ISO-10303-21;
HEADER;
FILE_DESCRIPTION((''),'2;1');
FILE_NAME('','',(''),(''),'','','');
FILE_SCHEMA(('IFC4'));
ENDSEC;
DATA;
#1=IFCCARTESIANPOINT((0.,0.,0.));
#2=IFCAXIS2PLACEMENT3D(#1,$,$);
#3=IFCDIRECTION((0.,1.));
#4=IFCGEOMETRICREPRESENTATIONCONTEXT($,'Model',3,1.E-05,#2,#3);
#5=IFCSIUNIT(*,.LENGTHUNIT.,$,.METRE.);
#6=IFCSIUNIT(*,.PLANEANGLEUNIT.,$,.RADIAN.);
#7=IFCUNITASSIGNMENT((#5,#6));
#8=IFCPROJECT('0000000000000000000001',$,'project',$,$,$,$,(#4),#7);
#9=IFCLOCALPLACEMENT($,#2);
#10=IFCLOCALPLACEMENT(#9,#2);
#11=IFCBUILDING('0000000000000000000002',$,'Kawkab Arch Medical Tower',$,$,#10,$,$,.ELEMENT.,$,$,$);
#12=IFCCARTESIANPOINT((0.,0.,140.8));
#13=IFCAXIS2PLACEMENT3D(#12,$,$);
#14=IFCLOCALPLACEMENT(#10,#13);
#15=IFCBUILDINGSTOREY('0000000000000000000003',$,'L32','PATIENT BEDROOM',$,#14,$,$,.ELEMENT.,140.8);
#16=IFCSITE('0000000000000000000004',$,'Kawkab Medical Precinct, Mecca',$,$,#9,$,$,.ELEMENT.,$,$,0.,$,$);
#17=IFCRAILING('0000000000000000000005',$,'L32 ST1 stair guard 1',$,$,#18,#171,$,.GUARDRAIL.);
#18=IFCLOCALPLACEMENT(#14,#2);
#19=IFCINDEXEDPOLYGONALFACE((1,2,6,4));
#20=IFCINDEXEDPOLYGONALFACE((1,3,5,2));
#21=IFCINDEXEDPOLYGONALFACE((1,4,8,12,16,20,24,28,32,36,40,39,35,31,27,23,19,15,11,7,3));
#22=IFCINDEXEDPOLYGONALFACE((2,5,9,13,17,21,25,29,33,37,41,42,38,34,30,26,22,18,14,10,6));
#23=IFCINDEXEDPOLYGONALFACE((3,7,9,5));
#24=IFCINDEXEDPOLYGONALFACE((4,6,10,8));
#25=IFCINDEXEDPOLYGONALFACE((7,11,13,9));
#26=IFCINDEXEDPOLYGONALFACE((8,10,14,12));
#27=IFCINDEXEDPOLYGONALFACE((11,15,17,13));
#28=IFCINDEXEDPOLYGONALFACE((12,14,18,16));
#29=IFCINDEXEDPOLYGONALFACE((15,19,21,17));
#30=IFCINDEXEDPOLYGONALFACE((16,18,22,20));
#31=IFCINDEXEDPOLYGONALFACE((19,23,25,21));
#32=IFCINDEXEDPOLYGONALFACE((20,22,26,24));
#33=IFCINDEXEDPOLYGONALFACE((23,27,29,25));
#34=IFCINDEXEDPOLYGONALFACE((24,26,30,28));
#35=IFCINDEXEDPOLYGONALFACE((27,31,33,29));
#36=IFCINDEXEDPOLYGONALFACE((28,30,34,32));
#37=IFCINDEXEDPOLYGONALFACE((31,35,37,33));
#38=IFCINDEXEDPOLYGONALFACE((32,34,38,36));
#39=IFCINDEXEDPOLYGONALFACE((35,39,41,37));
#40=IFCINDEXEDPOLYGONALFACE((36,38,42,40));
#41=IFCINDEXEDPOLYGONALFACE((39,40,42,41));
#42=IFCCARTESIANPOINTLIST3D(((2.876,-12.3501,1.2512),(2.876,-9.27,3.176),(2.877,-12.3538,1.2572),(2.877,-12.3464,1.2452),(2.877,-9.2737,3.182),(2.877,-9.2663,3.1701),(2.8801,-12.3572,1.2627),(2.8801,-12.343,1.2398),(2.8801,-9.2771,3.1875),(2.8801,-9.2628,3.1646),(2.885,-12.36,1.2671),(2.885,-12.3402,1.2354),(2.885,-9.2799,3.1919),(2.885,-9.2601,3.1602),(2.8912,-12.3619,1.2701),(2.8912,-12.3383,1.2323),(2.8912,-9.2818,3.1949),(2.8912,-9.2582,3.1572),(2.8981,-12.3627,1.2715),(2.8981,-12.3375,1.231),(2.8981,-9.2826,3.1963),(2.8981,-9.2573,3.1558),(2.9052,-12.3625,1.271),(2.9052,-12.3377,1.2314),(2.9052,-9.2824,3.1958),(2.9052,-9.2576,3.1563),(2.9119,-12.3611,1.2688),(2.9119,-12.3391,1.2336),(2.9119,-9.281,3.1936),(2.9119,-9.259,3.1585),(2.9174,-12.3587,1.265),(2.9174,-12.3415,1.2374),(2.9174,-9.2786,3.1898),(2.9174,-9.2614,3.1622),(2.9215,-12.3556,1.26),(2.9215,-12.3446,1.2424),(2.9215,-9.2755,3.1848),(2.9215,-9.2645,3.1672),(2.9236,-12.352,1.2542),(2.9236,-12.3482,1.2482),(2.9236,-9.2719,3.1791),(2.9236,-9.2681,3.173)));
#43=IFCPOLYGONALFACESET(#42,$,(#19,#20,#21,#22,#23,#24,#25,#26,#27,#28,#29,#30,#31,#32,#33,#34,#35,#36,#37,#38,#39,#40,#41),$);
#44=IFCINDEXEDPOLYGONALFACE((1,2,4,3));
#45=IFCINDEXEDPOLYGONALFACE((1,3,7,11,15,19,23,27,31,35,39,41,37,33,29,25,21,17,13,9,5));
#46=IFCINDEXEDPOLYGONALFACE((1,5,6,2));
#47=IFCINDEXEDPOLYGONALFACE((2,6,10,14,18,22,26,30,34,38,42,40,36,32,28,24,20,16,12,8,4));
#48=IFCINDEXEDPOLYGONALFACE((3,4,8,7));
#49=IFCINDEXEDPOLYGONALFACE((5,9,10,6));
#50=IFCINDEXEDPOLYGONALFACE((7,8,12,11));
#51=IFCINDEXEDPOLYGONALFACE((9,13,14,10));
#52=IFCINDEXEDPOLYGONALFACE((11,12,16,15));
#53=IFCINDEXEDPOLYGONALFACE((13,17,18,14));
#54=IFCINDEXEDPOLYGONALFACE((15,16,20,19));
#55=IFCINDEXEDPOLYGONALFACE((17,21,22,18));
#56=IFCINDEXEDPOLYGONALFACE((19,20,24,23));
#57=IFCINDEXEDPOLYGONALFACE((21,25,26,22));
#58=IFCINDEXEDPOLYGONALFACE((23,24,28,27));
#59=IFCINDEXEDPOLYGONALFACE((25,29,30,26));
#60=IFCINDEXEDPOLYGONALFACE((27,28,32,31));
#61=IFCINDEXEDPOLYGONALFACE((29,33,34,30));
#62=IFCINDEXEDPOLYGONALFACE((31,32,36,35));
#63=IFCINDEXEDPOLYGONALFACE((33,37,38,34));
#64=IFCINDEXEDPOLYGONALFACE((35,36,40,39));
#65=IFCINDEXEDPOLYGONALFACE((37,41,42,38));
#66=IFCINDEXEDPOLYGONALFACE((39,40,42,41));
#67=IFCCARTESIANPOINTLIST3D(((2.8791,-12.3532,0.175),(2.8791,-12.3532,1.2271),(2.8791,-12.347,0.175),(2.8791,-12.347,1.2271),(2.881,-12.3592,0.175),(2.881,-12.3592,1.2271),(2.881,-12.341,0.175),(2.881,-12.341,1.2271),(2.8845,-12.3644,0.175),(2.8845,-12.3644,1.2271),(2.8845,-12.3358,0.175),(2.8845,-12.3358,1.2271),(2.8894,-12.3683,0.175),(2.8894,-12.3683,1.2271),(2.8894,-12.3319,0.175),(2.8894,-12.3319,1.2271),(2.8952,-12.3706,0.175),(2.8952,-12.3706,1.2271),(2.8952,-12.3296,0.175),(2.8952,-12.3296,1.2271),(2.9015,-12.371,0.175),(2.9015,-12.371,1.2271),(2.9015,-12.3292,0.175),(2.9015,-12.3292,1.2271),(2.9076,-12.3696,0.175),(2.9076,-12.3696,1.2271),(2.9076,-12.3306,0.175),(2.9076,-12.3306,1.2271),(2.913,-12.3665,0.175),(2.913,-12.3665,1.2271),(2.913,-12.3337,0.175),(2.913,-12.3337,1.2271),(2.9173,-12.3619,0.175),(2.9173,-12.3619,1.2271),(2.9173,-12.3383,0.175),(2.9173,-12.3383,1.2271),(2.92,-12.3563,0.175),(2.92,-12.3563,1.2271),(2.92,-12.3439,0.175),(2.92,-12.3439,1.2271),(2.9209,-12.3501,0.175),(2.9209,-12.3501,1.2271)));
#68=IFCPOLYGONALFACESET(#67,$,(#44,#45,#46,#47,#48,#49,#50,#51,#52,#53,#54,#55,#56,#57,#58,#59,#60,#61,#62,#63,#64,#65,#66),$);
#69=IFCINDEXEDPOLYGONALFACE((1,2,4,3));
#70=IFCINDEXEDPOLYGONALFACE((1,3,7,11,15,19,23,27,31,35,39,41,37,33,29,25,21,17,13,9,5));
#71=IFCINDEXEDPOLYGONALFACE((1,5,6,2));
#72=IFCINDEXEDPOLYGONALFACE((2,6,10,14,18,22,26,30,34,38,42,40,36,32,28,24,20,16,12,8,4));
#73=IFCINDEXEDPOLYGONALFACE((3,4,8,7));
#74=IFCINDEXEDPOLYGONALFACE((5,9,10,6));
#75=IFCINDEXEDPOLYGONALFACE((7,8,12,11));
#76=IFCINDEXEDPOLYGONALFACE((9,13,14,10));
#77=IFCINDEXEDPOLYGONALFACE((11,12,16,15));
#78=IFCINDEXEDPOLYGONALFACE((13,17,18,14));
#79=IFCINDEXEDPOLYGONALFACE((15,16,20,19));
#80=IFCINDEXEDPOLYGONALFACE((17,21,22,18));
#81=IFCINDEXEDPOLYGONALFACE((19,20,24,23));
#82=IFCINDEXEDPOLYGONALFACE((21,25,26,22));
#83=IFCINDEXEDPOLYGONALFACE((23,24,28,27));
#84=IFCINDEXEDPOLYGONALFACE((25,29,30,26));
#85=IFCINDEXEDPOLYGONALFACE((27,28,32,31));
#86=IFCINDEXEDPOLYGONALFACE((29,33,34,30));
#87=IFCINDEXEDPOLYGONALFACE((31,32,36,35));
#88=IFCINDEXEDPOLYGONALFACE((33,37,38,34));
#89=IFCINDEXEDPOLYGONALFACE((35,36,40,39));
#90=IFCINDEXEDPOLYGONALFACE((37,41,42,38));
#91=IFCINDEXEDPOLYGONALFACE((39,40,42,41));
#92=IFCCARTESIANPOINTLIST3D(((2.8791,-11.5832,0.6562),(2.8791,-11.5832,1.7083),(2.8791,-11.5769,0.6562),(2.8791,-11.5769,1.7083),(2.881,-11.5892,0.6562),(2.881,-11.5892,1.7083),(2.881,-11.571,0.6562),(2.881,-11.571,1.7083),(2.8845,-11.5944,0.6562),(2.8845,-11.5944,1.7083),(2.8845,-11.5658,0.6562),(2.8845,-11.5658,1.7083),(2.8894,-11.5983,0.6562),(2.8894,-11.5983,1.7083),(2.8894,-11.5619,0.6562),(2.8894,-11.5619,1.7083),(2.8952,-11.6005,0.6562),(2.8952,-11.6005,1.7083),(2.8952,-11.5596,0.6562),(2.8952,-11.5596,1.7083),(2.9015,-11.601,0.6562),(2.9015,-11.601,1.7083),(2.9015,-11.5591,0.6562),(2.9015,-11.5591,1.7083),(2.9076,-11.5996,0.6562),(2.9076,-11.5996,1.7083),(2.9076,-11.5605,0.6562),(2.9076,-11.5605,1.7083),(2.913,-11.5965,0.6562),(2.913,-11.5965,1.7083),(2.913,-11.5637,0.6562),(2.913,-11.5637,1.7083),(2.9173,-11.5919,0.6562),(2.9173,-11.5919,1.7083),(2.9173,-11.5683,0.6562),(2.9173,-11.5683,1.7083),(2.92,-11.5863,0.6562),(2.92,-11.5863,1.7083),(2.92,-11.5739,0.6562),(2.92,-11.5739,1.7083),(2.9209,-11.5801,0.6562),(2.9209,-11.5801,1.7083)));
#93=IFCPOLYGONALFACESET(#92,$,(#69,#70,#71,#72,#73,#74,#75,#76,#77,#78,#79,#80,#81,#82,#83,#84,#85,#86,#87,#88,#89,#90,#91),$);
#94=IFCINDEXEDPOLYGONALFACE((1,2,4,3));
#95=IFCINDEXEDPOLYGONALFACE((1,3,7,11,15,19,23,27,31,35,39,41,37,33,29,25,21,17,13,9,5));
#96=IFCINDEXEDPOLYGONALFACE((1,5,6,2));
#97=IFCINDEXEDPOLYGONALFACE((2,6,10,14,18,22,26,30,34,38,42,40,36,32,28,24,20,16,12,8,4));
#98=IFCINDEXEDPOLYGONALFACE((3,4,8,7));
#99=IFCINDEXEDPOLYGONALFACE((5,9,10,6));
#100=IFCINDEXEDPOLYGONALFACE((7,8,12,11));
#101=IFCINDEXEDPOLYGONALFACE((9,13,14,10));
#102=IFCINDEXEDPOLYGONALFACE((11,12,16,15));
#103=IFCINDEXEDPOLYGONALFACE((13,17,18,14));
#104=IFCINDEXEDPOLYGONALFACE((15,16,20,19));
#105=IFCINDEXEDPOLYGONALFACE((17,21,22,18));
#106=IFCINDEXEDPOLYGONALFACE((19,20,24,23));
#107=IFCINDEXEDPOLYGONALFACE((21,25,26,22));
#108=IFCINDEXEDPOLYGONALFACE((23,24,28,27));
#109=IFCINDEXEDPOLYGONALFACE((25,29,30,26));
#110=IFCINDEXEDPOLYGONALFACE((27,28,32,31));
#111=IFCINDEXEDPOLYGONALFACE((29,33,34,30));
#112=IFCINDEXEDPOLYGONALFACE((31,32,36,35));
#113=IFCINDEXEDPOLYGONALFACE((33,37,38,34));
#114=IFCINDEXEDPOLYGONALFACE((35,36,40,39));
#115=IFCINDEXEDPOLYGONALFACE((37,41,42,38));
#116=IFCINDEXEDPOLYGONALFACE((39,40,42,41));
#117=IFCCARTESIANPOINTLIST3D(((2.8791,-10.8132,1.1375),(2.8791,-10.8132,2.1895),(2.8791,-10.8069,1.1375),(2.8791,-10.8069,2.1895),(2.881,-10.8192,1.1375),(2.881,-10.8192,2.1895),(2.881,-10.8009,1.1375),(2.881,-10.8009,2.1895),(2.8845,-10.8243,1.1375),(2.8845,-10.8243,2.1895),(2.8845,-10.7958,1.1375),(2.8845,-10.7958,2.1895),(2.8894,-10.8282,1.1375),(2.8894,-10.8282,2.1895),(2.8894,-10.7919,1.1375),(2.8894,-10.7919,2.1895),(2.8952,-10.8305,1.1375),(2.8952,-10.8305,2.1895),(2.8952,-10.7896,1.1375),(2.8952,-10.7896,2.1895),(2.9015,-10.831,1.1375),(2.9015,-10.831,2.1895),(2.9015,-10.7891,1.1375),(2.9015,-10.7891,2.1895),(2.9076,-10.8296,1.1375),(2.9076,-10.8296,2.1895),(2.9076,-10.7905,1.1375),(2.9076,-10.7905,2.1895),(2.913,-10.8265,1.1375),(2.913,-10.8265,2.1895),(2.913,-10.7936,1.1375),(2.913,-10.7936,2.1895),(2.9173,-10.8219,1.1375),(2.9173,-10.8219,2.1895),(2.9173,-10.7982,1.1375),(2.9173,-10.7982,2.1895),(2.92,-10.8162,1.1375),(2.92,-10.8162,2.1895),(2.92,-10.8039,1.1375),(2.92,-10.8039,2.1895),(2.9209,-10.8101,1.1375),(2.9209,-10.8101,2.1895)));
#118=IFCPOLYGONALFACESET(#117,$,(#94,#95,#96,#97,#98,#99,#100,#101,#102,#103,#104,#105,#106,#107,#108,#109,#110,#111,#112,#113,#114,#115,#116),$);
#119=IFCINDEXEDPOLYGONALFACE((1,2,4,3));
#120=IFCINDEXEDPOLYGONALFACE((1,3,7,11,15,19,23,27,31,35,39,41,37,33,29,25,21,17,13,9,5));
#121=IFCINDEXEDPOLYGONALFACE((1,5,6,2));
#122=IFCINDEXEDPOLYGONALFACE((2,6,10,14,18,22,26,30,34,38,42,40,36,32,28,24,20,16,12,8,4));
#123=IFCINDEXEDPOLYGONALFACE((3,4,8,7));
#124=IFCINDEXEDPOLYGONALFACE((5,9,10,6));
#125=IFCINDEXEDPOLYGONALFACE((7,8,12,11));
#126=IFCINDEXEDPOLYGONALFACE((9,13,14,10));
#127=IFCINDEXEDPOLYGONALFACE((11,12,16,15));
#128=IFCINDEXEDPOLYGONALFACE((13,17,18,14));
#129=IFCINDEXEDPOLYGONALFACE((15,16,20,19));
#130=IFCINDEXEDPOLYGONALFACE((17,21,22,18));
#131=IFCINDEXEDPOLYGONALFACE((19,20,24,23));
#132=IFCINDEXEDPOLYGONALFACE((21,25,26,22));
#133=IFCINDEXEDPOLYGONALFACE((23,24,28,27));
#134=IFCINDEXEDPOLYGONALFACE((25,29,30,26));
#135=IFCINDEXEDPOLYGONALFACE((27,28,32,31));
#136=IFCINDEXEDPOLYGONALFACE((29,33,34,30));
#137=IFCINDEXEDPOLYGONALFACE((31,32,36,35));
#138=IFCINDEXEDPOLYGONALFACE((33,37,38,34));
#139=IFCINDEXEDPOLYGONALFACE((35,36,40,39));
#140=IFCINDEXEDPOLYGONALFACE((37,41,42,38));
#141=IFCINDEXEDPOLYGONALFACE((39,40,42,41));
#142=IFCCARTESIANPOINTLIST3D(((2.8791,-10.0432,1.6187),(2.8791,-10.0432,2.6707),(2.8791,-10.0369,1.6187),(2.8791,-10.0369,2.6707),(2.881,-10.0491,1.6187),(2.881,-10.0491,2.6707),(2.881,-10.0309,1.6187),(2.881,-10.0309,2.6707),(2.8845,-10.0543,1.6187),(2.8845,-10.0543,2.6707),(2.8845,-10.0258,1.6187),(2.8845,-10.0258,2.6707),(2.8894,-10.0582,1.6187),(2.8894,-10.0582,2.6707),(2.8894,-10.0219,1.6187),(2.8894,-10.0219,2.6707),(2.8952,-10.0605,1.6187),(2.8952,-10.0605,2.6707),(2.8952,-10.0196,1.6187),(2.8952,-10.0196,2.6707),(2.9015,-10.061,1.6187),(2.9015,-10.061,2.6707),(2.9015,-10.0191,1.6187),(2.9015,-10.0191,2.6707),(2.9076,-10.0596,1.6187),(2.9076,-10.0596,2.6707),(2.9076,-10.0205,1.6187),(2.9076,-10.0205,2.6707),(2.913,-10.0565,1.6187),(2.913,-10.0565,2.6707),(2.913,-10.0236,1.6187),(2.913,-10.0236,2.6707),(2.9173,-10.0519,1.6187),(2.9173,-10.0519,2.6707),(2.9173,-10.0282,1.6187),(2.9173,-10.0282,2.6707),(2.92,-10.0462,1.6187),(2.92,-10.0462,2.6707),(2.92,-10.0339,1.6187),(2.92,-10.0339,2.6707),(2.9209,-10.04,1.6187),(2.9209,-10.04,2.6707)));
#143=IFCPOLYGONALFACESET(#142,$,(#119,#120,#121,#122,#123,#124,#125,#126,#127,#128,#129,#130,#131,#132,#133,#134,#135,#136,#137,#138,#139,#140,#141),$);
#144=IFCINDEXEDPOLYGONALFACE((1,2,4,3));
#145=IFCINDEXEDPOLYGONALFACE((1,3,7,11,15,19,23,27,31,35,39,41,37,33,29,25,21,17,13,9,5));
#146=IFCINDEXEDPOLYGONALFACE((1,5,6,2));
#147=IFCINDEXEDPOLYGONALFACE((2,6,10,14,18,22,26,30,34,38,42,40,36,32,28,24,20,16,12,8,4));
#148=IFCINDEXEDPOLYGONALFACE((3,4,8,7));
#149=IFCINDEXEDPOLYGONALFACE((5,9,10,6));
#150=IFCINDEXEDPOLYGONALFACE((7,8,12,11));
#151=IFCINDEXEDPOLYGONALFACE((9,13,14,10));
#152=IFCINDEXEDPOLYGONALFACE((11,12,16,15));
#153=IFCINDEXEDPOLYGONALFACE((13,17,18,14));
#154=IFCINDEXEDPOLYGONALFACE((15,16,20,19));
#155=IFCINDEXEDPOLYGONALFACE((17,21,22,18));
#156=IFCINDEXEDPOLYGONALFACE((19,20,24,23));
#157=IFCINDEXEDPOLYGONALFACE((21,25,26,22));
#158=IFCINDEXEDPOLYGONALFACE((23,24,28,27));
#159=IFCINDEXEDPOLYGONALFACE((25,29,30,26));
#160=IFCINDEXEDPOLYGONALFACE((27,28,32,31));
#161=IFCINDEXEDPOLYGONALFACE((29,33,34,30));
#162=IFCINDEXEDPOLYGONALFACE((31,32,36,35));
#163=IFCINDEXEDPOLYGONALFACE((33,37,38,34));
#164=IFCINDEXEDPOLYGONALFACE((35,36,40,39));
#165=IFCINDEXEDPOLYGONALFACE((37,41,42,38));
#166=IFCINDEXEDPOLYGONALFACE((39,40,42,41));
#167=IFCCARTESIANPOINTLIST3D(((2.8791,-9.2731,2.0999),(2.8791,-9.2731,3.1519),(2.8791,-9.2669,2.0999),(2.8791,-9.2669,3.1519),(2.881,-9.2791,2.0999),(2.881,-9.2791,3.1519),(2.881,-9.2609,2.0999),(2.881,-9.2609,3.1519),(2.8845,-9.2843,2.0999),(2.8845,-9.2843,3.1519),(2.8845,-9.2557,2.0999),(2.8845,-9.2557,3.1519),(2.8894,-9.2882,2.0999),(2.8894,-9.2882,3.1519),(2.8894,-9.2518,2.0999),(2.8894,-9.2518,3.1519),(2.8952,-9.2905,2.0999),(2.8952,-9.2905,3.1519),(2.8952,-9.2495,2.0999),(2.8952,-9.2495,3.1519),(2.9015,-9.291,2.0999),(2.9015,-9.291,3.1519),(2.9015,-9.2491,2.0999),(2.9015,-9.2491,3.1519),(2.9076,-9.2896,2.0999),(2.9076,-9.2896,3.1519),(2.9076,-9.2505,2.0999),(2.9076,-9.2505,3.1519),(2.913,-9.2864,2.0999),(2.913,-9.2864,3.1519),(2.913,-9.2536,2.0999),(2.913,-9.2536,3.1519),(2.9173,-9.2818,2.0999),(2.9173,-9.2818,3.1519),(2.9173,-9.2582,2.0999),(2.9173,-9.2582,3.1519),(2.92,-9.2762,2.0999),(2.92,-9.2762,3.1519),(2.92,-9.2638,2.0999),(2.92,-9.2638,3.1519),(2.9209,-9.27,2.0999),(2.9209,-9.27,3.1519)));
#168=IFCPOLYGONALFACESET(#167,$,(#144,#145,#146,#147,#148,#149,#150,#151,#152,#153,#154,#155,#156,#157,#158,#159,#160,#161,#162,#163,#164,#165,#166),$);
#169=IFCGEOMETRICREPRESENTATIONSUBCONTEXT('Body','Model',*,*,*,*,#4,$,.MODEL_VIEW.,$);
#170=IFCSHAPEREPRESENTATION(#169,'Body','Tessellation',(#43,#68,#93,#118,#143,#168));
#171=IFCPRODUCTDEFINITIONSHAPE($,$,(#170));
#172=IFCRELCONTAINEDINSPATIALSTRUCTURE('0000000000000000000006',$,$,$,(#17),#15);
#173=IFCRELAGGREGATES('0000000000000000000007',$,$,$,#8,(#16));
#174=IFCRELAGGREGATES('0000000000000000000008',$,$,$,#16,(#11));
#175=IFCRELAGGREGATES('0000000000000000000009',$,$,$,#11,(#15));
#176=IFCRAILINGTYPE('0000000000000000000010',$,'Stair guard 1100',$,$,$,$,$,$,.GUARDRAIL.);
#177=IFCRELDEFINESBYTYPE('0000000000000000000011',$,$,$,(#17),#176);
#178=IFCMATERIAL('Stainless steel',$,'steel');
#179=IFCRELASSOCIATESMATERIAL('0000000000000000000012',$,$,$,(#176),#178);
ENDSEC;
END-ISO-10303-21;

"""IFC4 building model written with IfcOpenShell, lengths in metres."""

from ifc_helpers import new_model, si_unit, direction, frame, origin, origin_2d, place, context, subcontext, project, spatial, circle, extrude, material, type_object, element, save


model = new_model("IFC4")

# Units and contexts
model_context = context("Model", 3, precision=1e-05, world=origin(), true_north=direction((0.0, 1.0)))
body_context = subcontext(model_context, "Body", "Model", "MODEL_VIEW")
ifc_project = project(units=[si_unit("LENGTHUNIT", "METRE"), si_unit("PLANEANGLEUNIT", "RADIAN")], contexts=[model_context])

# Site, building, storey
site_placement = place(None, origin())
site = spatial("IfcSite", under=ifc_project, at=site_placement, Name="Kawkab Medical Precinct, Mecca", CompositionType="ELEMENT", RefElevation=0.0)
building_placement = place(site_placement, origin())
building = spatial("IfcBuilding", under=site, at=building_placement, Name="Kawkab Arch Medical Tower", CompositionType="ELEMENT")
storey_placement = place(building_placement, frame((0.0, 0.0, 140.8)))
storey = spatial("IfcBuildingStorey", under=building, at=storey_placement, Name="L32", Description="PATIENT BEDROOM", CompositionType="ELEMENT", Elevation=140.8)

# Railing
ifc_material_1 = material(Name="Stainless steel", Category="steel")
railing_type_1 = type_object("IfcRailingType", Name="Stair guard 1100", PredefinedType="GUARDRAIL", material=ifc_material_1)
railing_1_placement = place(storey_placement, frame((2.8999, -12.3501, 0.175)))
element("IfcRailing", 1, at=railing_1_placement, inside=storey, type_object=railing_type_1, Name="L32 ST1 stair guard 1", PredefinedType="GUARDRAIL", context=body_context, shape_type="SweptSolid", body=[
    extrude(circle(Radius=0.0239, at=origin_2d()), frame((0.0, 0.0, 1.0762), z_axis=(0.0, 0.848029, 0.529951), x_axis=(-1.0, 0.0, 0.0)), (0.0, 0.0, 1.0), 3.6321),
    extrude(circle(Radius=0.021, at=origin_2d()), origin(), (0.0, 0.0, 1.0), 1.052),
    extrude(circle(Radius=0.021, at=origin_2d()), frame((0.0, 0.77, 0.4812)), (0.0, 0.0, 1.0), 1.052),
    extrude(circle(Radius=0.021, at=origin_2d()), frame((0.0, 1.54, 0.9624)), (0.0, 0.0, 1.0), 1.052),
    extrude(circle(Radius=0.021, at=origin_2d()), frame((0.0, 2.3101, 1.4436)), (0.0, 0.0, 1.0), 1.052),
    extrude(circle(Radius=0.021, at=origin_2d()), frame((0.0, 3.0801, 1.9248)), (0.0, 0.0, 1.0), 1.052),
])

save(model, "model.ifc")
